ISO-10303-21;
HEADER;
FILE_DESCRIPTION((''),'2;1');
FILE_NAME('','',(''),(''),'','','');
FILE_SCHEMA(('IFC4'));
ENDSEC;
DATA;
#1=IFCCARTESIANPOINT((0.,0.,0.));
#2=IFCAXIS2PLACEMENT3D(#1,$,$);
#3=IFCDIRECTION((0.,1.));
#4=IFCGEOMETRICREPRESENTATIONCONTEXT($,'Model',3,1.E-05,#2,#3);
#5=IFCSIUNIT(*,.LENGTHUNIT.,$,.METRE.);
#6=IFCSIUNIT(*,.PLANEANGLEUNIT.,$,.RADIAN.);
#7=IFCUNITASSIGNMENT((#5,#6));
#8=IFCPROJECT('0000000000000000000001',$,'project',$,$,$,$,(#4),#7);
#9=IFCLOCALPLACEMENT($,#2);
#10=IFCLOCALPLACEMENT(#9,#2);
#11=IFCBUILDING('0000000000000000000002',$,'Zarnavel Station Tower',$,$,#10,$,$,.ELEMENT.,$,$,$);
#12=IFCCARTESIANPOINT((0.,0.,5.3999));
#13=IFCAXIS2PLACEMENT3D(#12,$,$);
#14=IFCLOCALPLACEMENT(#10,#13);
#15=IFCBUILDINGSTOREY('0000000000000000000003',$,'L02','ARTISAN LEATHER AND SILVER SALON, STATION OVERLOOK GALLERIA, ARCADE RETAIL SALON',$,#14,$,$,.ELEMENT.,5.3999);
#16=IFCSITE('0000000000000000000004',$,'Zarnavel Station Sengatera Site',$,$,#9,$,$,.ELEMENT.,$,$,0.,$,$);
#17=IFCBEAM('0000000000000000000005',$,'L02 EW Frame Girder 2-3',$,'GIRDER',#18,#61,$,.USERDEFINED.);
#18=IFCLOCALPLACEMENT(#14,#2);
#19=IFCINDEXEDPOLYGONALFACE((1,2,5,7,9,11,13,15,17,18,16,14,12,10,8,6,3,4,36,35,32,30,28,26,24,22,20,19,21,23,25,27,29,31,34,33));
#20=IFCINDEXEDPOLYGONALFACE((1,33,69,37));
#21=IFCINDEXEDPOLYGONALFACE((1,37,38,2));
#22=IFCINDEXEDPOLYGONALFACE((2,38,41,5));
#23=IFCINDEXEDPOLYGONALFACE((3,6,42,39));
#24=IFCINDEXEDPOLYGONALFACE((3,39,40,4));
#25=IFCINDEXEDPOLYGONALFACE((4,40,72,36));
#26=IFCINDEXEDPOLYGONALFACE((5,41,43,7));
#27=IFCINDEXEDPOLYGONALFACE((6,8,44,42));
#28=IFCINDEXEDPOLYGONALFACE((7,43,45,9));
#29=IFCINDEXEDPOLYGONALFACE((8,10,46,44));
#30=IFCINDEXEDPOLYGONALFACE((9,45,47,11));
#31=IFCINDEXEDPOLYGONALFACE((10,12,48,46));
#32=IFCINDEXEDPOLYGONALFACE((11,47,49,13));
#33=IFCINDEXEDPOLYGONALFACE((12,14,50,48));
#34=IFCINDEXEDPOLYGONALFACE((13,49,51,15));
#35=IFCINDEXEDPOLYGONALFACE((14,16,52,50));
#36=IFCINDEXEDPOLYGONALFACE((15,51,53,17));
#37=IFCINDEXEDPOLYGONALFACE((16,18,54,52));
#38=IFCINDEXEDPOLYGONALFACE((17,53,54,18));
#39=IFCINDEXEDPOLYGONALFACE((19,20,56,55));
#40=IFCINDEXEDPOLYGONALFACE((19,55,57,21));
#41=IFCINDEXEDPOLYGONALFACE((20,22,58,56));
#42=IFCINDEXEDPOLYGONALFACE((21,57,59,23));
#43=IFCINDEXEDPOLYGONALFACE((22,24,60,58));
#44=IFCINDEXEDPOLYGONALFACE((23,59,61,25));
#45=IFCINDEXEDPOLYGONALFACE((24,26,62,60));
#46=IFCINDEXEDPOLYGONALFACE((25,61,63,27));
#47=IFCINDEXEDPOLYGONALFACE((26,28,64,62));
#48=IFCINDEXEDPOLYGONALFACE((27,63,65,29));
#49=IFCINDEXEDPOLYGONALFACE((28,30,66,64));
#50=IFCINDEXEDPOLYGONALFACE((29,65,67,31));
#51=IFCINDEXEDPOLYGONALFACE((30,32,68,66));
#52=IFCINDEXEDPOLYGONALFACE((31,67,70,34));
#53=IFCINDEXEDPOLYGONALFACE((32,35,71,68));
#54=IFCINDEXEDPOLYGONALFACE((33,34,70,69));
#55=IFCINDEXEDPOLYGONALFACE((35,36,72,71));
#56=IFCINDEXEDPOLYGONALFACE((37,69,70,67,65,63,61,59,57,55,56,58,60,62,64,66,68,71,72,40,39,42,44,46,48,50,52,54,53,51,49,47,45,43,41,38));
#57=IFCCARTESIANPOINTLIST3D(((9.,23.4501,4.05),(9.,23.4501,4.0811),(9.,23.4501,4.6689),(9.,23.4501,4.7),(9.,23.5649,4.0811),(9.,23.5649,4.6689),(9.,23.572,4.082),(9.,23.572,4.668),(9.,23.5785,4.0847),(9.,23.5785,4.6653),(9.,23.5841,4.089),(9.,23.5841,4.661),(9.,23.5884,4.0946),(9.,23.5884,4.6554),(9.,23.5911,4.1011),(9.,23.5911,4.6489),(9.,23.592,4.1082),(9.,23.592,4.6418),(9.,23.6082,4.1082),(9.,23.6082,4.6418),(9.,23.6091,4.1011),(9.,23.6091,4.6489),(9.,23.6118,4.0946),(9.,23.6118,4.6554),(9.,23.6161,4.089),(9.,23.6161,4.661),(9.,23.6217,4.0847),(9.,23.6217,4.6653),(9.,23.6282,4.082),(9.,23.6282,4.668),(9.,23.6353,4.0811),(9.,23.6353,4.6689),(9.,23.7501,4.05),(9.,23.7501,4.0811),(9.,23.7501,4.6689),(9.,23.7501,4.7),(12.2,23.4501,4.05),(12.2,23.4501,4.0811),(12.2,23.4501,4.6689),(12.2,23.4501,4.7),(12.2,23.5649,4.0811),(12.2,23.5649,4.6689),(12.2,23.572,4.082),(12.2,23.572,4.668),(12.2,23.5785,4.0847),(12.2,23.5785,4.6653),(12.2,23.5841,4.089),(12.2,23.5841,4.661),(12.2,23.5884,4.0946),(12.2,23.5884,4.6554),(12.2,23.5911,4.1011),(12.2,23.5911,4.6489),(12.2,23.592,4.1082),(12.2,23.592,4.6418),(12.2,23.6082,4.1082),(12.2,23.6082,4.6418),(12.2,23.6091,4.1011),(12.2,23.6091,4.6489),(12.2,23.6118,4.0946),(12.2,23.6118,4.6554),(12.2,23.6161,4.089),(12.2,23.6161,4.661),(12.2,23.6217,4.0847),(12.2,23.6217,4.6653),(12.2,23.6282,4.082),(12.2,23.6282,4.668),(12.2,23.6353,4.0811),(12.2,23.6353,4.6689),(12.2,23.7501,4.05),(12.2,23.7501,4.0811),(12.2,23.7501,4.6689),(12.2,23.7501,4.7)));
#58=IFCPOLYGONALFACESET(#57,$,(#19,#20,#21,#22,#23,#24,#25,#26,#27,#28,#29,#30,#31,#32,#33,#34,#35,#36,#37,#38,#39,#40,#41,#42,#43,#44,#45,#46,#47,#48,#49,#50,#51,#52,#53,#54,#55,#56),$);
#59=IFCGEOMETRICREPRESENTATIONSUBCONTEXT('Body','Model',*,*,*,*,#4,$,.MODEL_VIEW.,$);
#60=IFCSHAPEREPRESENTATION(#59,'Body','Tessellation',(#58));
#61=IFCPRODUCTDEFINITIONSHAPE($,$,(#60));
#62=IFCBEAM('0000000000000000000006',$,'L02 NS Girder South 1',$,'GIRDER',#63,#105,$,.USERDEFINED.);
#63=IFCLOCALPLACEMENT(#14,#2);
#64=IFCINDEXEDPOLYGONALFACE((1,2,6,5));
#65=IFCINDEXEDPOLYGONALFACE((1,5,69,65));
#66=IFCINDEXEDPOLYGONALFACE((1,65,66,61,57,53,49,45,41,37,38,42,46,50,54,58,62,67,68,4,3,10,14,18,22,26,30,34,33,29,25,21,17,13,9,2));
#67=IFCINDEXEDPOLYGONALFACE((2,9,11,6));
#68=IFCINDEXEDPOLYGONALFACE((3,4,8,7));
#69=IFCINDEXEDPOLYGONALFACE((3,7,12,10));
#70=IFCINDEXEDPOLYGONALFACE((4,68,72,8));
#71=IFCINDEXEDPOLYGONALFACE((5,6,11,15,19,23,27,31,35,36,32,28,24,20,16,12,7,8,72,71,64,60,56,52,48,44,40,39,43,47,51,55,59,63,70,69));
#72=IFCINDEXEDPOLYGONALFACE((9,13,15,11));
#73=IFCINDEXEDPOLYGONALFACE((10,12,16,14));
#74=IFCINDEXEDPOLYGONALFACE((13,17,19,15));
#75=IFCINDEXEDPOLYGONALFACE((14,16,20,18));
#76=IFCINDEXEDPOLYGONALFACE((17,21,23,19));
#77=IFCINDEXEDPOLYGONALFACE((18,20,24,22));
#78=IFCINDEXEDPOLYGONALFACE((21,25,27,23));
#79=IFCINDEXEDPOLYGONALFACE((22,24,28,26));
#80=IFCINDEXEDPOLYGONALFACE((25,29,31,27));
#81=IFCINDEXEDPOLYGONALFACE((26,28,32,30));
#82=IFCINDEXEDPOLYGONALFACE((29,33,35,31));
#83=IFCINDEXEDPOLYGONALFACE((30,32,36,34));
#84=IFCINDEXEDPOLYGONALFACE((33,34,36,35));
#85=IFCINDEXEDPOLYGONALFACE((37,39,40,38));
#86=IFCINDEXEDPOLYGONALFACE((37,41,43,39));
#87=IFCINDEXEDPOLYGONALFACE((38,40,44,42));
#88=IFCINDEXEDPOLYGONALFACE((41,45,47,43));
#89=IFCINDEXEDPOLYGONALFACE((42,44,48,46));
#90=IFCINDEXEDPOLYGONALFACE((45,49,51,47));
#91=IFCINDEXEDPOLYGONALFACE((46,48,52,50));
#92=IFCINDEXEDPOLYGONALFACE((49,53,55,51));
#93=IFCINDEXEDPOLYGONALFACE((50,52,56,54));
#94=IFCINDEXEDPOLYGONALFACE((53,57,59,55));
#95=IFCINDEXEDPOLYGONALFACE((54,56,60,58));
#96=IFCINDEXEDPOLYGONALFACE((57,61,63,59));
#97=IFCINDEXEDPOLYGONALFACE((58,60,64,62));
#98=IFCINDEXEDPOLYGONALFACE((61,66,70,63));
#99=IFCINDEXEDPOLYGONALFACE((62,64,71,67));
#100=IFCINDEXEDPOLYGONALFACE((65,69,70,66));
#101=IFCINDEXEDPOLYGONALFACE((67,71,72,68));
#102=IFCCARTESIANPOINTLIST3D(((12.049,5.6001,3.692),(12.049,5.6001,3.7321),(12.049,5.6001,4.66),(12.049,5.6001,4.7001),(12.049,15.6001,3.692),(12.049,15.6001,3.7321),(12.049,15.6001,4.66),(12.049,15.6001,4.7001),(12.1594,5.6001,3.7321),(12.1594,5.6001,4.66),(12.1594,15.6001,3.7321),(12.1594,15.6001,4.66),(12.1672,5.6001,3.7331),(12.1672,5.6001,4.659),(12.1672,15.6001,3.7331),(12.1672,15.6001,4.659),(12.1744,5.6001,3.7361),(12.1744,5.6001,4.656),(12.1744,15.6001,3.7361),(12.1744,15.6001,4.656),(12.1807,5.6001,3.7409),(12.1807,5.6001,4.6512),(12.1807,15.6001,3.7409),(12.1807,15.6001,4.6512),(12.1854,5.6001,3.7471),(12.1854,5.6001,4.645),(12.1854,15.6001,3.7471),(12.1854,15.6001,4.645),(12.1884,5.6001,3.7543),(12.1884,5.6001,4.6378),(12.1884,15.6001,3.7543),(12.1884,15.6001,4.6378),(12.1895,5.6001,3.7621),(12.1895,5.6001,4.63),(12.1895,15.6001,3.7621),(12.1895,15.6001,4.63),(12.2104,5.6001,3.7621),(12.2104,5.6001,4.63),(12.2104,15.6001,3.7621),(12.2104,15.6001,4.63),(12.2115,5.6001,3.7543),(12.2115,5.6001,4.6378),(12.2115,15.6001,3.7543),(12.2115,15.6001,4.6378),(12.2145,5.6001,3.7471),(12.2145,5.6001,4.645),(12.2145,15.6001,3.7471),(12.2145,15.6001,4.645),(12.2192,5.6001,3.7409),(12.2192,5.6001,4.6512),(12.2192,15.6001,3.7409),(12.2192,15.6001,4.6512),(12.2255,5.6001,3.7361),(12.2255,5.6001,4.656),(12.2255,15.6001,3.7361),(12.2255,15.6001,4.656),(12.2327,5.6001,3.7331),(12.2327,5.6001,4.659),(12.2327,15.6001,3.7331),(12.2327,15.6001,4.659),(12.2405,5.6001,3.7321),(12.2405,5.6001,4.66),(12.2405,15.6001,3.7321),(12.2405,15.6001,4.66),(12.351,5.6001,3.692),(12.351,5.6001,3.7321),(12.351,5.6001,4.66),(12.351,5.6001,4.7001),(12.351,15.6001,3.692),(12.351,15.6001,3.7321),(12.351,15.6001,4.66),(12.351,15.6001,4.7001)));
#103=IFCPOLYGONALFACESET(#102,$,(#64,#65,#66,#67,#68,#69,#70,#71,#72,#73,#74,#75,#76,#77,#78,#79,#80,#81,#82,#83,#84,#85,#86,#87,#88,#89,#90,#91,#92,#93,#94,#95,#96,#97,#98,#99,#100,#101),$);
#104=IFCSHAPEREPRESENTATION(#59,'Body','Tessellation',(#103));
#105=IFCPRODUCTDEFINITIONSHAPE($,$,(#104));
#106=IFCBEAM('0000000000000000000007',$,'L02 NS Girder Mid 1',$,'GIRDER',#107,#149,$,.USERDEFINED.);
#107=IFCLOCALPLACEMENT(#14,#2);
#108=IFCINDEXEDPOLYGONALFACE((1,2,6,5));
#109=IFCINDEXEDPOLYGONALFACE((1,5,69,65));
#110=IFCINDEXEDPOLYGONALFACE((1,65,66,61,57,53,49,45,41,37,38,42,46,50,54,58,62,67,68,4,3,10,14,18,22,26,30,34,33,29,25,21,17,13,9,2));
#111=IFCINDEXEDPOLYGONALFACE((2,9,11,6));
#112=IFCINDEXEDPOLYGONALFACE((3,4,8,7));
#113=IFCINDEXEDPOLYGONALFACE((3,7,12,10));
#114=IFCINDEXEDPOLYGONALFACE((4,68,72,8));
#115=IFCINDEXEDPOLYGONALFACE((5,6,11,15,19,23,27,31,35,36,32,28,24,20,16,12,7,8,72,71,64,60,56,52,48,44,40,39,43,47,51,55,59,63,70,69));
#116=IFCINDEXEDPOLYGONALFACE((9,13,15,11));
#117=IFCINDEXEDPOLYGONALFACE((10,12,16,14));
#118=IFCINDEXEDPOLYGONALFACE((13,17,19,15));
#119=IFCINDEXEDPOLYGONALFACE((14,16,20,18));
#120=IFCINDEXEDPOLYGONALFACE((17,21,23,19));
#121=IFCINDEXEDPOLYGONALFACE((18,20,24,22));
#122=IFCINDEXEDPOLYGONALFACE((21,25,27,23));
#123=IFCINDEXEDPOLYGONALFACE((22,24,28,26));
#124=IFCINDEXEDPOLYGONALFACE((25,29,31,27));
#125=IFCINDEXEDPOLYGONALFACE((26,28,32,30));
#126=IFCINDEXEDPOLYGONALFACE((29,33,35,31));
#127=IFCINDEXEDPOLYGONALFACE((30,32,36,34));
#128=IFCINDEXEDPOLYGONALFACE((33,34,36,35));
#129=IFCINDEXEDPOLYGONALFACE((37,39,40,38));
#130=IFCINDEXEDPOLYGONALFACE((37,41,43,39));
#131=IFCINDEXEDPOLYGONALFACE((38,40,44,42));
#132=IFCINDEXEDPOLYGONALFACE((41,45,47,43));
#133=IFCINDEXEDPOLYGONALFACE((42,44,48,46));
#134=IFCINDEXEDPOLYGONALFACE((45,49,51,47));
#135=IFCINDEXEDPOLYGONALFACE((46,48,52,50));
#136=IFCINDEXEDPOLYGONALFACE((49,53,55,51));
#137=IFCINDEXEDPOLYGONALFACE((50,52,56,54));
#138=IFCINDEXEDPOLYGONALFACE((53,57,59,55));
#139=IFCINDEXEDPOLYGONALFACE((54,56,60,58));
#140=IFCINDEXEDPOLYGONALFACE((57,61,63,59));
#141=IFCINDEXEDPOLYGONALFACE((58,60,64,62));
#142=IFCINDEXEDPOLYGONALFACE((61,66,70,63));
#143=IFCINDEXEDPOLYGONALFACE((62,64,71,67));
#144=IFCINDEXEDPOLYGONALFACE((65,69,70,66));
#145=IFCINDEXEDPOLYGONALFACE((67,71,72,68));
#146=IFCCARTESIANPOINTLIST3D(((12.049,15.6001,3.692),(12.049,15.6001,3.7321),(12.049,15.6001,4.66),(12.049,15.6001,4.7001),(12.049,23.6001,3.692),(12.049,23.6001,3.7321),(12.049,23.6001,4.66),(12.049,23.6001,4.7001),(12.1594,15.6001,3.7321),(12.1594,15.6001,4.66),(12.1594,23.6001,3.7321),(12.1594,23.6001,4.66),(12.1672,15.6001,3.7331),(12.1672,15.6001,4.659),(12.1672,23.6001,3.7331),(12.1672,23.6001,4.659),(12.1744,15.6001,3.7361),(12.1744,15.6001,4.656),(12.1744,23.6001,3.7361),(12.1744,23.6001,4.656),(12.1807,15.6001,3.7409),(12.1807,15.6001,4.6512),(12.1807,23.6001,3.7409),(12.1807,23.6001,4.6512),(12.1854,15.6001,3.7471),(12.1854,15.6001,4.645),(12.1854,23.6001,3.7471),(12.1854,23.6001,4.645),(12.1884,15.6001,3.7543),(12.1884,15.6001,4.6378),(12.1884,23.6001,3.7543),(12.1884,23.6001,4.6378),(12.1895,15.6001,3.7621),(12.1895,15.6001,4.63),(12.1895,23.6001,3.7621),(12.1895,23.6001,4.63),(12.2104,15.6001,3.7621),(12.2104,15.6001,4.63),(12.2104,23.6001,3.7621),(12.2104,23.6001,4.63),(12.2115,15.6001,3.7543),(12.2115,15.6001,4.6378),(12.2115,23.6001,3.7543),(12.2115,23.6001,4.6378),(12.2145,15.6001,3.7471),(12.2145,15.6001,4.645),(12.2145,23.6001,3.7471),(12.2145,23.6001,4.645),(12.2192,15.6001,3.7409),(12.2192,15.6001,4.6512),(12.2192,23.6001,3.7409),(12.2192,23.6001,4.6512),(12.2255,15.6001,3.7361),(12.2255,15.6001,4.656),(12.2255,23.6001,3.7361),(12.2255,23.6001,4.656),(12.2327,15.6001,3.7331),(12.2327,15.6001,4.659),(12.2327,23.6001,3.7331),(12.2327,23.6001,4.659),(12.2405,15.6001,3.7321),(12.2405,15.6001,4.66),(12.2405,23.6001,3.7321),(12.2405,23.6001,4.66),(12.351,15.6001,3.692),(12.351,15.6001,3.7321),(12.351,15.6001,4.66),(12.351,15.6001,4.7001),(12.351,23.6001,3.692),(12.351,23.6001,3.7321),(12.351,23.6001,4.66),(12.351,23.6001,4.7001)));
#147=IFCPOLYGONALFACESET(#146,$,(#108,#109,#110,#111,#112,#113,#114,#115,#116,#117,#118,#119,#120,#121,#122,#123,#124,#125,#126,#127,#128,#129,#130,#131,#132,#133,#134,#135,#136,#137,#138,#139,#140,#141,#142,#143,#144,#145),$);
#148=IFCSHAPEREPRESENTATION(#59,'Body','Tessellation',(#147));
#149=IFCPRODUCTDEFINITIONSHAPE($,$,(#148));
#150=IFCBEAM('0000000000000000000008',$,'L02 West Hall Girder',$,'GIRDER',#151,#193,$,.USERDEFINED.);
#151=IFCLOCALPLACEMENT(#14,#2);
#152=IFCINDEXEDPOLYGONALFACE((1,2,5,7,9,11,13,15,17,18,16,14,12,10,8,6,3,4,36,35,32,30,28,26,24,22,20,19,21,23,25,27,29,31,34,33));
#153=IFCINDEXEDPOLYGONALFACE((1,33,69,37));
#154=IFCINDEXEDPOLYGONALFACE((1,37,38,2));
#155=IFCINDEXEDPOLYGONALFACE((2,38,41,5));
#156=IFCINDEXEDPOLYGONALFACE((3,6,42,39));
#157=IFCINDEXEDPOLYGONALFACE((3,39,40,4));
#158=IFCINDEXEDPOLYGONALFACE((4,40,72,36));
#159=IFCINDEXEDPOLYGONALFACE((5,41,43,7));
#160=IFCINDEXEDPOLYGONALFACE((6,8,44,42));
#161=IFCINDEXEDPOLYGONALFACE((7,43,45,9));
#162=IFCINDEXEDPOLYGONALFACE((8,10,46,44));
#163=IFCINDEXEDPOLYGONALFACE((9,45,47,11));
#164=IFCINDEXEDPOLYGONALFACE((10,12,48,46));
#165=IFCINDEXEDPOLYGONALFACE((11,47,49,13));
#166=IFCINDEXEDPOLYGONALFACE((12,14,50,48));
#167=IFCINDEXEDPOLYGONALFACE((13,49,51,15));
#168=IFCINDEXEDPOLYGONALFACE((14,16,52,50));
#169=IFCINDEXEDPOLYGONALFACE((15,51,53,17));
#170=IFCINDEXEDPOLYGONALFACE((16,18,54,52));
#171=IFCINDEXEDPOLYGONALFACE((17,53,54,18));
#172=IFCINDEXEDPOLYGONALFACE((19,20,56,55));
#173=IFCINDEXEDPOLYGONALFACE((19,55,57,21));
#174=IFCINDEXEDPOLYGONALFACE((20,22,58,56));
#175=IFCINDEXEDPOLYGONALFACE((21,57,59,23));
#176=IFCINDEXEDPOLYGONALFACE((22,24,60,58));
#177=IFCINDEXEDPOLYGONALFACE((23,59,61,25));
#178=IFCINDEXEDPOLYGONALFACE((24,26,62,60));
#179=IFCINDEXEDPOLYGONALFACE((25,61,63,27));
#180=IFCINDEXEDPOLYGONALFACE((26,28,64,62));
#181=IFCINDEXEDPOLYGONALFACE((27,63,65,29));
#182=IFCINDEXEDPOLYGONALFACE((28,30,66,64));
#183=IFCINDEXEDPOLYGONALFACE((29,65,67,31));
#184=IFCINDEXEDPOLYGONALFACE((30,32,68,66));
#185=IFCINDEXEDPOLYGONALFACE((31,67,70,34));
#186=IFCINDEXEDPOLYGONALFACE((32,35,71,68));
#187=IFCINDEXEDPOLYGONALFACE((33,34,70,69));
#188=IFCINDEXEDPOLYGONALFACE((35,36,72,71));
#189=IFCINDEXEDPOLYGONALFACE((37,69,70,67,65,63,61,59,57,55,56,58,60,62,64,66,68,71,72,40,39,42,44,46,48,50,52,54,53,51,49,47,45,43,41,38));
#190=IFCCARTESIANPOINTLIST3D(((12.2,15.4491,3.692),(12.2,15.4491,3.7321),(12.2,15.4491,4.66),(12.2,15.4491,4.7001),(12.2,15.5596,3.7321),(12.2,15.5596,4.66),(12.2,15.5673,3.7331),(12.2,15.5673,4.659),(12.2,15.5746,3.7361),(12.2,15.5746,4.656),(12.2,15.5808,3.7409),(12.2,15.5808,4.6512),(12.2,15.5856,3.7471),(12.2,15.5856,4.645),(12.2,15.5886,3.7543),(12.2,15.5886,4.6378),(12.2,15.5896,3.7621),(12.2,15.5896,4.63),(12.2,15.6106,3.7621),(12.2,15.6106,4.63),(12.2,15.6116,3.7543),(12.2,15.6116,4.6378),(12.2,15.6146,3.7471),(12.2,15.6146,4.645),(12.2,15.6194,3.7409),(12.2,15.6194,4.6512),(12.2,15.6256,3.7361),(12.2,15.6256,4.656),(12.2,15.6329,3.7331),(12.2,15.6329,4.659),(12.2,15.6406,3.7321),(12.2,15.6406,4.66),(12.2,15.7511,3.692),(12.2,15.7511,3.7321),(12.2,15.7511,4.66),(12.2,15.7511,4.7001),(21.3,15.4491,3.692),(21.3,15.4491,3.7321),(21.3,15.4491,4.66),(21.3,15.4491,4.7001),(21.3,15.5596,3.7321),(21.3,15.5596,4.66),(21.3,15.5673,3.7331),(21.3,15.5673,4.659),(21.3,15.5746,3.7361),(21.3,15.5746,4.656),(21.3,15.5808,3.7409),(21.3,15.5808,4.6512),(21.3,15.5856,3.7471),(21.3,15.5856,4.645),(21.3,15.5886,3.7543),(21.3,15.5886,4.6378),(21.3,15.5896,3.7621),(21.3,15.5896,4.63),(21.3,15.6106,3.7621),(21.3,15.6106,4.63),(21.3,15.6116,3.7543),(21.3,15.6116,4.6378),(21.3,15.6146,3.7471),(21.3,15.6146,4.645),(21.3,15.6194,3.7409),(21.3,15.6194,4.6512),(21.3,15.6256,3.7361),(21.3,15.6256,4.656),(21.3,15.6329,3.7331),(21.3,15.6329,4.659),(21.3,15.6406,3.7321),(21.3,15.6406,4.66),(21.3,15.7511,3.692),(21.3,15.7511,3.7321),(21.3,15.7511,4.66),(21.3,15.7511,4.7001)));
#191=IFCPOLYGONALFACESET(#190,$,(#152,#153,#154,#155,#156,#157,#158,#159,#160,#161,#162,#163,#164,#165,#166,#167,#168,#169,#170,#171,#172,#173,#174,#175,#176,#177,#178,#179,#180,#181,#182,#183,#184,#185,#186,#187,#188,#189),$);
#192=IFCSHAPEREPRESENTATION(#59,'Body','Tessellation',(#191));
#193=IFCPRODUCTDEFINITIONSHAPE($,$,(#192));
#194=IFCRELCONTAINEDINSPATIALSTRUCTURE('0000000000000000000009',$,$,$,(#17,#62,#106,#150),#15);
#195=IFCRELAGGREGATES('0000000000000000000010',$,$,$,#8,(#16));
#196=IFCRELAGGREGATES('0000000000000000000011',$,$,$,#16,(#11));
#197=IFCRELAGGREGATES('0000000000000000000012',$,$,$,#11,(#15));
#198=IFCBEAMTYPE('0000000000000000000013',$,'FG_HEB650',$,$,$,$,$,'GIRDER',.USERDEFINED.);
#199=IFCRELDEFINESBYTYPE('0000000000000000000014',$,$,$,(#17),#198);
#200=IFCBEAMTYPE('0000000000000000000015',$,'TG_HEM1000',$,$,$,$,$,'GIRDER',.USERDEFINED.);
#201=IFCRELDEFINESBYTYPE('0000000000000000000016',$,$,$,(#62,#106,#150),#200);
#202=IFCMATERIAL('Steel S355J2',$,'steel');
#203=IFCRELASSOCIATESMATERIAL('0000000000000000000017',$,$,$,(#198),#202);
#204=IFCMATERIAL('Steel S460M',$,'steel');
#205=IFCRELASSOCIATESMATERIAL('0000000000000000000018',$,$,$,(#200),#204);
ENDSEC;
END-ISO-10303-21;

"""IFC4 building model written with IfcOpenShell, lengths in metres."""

from ifc_helpers import new_model, si_unit, direction, frame, origin, origin_2d, place, context, subcontext, project, spatial, i_section, extrude, material, material_profile, profile_set, type_object, element, save


model = new_model("IFC4")

# Units and contexts
model_context = context("Model", 3, precision=1e-05, world=origin(), true_north=direction((0.0, 1.0)))
body_context = subcontext(model_context, "Body", "Model", "MODEL_VIEW")
ifc_project = project(units=[si_unit("LENGTHUNIT", "METRE"), si_unit("PLANEANGLEUNIT", "RADIAN")], contexts=[model_context])

# Site, building, storey
site_placement = place(None, origin())
site = spatial("IfcSite", under=ifc_project, at=site_placement, Name="Zarnavel Station Sengatera Site", CompositionType="ELEMENT", RefElevation=0.0)
building_placement = place(site_placement, origin())
building = spatial("IfcBuilding", under=site, at=building_placement, Name="Zarnavel Station Tower", CompositionType="ELEMENT")
storey_placement = place(building_placement, frame((0.0, 0.0, 5.3999)))
storey = spatial("IfcBuildingStorey", under=building, at=storey_placement, Name="L02", Description="ARTISAN LEATHER AND SILVER SALON, STATION OVERLOOK GALLERIA, ARCADE RETAIL SALON", CompositionType="ELEMENT", Elevation=5.3999)

# Beams
ifc_material_1 = material(Name="Steel S355J2", Category="steel")
ifc_material_profile_1 = material_profile(ifc_material_1, i_section(OverallWidth=0.3, OverallDepth=0.6499, WebThickness=0.0161, FlangeThickness=0.031, FilletRadius=0.0271, at=origin_2d()), Name="HEB650")
ifc_profile_set_1 = profile_set([ifc_material_profile_1], Name="Steel S355J2")
beam_type_1 = type_object("IfcBeamType", Name="FG_HEB650", ElementType="GIRDER", PredefinedType="USERDEFINED", material=ifc_profile_set_1)
beam_1_placement = place(storey_placement, frame((9.0, 23.6001, 4.375), z_axis=(1.0, 0.0, 0.0), x_axis=(0.0, 1.0, 0.0)))
element("IfcBeam", 1, at=beam_1_placement, inside=storey, type_object=beam_type_1, Name="L02 EW Frame Girder 2-3", ObjectType="GIRDER", PredefinedType="USERDEFINED", context=body_context, shape_type="SweptSolid", body=[
    extrude(i_section(OverallWidth=0.3, OverallDepth=0.6499, WebThickness=0.0161, FlangeThickness=0.031, FilletRadius=0.0271, at=origin_2d()), origin(), (0.0, 0.0, 1.0), 3.2),
])
ifc_material_2 = material(Name="Steel S460M", Category="steel")
ifc_material_profile_2 = material_profile(ifc_material_2, i_section(OverallWidth=0.302, OverallDepth=1.0081, WebThickness=0.021, FlangeThickness=0.04, FilletRadius=0.03, at=origin_2d()), Name="HEM1000")
ifc_profile_set_2 = profile_set([ifc_material_profile_2], Name="Steel S460M")
beam_type_2 = type_object("IfcBeamType", Name="TG_HEM1000", ElementType="GIRDER", PredefinedType="USERDEFINED", material=ifc_profile_set_2)
beam_2_placement = place(storey_placement, frame((12.2, 5.6001, 4.196), z_axis=(0.0, 1.0, 0.0), x_axis=(-1.0, 0.0, 0.0)))
element("IfcBeam", 2, at=beam_2_placement, inside=storey, type_object=beam_type_2, Name="L02 NS Girder South 1", ObjectType="GIRDER", PredefinedType="USERDEFINED", context=body_context, shape_type="SweptSolid", body=[
    extrude(i_section(OverallWidth=0.302, OverallDepth=1.0081, WebThickness=0.021, FlangeThickness=0.04, FilletRadius=0.03, at=origin_2d()), origin(), (0.0, 0.0, 1.0), 10.0),
])
beam_3_placement = place(storey_placement, frame((12.2, 15.6001, 4.196), z_axis=(0.0, 1.0, 0.0), x_axis=(-1.0, 0.0, 0.0)))
element("IfcBeam", 3, at=beam_3_placement, inside=storey, type_object=beam_type_2, Name="L02 NS Girder Mid 1", ObjectType="GIRDER", PredefinedType="USERDEFINED", context=body_context, shape_type="SweptSolid", body=[
    extrude(i_section(OverallWidth=0.302, OverallDepth=1.0081, WebThickness=0.021, FlangeThickness=0.04, FilletRadius=0.03, at=origin_2d()), origin(), (0.0, 0.0, 1.0), 8.0),
])
beam_4_placement = place(storey_placement, frame((12.2, 15.6001, 4.196), z_axis=(1.0, 0.0, 0.0), x_axis=(0.0, 1.0, 0.0)))
element("IfcBeam", 4, at=beam_4_placement, inside=storey, type_object=beam_type_2, Name="L02 West Hall Girder", ObjectType="GIRDER", PredefinedType="USERDEFINED", context=body_context, shape_type="SweptSolid", body=[
    extrude(i_section(OverallWidth=0.302, OverallDepth=1.0081, WebThickness=0.021, FlangeThickness=0.04, FilletRadius=0.03, at=origin_2d()), origin(), (0.0, 0.0, 1.0), 9.1001),
])

save(model, "model.ifc")
